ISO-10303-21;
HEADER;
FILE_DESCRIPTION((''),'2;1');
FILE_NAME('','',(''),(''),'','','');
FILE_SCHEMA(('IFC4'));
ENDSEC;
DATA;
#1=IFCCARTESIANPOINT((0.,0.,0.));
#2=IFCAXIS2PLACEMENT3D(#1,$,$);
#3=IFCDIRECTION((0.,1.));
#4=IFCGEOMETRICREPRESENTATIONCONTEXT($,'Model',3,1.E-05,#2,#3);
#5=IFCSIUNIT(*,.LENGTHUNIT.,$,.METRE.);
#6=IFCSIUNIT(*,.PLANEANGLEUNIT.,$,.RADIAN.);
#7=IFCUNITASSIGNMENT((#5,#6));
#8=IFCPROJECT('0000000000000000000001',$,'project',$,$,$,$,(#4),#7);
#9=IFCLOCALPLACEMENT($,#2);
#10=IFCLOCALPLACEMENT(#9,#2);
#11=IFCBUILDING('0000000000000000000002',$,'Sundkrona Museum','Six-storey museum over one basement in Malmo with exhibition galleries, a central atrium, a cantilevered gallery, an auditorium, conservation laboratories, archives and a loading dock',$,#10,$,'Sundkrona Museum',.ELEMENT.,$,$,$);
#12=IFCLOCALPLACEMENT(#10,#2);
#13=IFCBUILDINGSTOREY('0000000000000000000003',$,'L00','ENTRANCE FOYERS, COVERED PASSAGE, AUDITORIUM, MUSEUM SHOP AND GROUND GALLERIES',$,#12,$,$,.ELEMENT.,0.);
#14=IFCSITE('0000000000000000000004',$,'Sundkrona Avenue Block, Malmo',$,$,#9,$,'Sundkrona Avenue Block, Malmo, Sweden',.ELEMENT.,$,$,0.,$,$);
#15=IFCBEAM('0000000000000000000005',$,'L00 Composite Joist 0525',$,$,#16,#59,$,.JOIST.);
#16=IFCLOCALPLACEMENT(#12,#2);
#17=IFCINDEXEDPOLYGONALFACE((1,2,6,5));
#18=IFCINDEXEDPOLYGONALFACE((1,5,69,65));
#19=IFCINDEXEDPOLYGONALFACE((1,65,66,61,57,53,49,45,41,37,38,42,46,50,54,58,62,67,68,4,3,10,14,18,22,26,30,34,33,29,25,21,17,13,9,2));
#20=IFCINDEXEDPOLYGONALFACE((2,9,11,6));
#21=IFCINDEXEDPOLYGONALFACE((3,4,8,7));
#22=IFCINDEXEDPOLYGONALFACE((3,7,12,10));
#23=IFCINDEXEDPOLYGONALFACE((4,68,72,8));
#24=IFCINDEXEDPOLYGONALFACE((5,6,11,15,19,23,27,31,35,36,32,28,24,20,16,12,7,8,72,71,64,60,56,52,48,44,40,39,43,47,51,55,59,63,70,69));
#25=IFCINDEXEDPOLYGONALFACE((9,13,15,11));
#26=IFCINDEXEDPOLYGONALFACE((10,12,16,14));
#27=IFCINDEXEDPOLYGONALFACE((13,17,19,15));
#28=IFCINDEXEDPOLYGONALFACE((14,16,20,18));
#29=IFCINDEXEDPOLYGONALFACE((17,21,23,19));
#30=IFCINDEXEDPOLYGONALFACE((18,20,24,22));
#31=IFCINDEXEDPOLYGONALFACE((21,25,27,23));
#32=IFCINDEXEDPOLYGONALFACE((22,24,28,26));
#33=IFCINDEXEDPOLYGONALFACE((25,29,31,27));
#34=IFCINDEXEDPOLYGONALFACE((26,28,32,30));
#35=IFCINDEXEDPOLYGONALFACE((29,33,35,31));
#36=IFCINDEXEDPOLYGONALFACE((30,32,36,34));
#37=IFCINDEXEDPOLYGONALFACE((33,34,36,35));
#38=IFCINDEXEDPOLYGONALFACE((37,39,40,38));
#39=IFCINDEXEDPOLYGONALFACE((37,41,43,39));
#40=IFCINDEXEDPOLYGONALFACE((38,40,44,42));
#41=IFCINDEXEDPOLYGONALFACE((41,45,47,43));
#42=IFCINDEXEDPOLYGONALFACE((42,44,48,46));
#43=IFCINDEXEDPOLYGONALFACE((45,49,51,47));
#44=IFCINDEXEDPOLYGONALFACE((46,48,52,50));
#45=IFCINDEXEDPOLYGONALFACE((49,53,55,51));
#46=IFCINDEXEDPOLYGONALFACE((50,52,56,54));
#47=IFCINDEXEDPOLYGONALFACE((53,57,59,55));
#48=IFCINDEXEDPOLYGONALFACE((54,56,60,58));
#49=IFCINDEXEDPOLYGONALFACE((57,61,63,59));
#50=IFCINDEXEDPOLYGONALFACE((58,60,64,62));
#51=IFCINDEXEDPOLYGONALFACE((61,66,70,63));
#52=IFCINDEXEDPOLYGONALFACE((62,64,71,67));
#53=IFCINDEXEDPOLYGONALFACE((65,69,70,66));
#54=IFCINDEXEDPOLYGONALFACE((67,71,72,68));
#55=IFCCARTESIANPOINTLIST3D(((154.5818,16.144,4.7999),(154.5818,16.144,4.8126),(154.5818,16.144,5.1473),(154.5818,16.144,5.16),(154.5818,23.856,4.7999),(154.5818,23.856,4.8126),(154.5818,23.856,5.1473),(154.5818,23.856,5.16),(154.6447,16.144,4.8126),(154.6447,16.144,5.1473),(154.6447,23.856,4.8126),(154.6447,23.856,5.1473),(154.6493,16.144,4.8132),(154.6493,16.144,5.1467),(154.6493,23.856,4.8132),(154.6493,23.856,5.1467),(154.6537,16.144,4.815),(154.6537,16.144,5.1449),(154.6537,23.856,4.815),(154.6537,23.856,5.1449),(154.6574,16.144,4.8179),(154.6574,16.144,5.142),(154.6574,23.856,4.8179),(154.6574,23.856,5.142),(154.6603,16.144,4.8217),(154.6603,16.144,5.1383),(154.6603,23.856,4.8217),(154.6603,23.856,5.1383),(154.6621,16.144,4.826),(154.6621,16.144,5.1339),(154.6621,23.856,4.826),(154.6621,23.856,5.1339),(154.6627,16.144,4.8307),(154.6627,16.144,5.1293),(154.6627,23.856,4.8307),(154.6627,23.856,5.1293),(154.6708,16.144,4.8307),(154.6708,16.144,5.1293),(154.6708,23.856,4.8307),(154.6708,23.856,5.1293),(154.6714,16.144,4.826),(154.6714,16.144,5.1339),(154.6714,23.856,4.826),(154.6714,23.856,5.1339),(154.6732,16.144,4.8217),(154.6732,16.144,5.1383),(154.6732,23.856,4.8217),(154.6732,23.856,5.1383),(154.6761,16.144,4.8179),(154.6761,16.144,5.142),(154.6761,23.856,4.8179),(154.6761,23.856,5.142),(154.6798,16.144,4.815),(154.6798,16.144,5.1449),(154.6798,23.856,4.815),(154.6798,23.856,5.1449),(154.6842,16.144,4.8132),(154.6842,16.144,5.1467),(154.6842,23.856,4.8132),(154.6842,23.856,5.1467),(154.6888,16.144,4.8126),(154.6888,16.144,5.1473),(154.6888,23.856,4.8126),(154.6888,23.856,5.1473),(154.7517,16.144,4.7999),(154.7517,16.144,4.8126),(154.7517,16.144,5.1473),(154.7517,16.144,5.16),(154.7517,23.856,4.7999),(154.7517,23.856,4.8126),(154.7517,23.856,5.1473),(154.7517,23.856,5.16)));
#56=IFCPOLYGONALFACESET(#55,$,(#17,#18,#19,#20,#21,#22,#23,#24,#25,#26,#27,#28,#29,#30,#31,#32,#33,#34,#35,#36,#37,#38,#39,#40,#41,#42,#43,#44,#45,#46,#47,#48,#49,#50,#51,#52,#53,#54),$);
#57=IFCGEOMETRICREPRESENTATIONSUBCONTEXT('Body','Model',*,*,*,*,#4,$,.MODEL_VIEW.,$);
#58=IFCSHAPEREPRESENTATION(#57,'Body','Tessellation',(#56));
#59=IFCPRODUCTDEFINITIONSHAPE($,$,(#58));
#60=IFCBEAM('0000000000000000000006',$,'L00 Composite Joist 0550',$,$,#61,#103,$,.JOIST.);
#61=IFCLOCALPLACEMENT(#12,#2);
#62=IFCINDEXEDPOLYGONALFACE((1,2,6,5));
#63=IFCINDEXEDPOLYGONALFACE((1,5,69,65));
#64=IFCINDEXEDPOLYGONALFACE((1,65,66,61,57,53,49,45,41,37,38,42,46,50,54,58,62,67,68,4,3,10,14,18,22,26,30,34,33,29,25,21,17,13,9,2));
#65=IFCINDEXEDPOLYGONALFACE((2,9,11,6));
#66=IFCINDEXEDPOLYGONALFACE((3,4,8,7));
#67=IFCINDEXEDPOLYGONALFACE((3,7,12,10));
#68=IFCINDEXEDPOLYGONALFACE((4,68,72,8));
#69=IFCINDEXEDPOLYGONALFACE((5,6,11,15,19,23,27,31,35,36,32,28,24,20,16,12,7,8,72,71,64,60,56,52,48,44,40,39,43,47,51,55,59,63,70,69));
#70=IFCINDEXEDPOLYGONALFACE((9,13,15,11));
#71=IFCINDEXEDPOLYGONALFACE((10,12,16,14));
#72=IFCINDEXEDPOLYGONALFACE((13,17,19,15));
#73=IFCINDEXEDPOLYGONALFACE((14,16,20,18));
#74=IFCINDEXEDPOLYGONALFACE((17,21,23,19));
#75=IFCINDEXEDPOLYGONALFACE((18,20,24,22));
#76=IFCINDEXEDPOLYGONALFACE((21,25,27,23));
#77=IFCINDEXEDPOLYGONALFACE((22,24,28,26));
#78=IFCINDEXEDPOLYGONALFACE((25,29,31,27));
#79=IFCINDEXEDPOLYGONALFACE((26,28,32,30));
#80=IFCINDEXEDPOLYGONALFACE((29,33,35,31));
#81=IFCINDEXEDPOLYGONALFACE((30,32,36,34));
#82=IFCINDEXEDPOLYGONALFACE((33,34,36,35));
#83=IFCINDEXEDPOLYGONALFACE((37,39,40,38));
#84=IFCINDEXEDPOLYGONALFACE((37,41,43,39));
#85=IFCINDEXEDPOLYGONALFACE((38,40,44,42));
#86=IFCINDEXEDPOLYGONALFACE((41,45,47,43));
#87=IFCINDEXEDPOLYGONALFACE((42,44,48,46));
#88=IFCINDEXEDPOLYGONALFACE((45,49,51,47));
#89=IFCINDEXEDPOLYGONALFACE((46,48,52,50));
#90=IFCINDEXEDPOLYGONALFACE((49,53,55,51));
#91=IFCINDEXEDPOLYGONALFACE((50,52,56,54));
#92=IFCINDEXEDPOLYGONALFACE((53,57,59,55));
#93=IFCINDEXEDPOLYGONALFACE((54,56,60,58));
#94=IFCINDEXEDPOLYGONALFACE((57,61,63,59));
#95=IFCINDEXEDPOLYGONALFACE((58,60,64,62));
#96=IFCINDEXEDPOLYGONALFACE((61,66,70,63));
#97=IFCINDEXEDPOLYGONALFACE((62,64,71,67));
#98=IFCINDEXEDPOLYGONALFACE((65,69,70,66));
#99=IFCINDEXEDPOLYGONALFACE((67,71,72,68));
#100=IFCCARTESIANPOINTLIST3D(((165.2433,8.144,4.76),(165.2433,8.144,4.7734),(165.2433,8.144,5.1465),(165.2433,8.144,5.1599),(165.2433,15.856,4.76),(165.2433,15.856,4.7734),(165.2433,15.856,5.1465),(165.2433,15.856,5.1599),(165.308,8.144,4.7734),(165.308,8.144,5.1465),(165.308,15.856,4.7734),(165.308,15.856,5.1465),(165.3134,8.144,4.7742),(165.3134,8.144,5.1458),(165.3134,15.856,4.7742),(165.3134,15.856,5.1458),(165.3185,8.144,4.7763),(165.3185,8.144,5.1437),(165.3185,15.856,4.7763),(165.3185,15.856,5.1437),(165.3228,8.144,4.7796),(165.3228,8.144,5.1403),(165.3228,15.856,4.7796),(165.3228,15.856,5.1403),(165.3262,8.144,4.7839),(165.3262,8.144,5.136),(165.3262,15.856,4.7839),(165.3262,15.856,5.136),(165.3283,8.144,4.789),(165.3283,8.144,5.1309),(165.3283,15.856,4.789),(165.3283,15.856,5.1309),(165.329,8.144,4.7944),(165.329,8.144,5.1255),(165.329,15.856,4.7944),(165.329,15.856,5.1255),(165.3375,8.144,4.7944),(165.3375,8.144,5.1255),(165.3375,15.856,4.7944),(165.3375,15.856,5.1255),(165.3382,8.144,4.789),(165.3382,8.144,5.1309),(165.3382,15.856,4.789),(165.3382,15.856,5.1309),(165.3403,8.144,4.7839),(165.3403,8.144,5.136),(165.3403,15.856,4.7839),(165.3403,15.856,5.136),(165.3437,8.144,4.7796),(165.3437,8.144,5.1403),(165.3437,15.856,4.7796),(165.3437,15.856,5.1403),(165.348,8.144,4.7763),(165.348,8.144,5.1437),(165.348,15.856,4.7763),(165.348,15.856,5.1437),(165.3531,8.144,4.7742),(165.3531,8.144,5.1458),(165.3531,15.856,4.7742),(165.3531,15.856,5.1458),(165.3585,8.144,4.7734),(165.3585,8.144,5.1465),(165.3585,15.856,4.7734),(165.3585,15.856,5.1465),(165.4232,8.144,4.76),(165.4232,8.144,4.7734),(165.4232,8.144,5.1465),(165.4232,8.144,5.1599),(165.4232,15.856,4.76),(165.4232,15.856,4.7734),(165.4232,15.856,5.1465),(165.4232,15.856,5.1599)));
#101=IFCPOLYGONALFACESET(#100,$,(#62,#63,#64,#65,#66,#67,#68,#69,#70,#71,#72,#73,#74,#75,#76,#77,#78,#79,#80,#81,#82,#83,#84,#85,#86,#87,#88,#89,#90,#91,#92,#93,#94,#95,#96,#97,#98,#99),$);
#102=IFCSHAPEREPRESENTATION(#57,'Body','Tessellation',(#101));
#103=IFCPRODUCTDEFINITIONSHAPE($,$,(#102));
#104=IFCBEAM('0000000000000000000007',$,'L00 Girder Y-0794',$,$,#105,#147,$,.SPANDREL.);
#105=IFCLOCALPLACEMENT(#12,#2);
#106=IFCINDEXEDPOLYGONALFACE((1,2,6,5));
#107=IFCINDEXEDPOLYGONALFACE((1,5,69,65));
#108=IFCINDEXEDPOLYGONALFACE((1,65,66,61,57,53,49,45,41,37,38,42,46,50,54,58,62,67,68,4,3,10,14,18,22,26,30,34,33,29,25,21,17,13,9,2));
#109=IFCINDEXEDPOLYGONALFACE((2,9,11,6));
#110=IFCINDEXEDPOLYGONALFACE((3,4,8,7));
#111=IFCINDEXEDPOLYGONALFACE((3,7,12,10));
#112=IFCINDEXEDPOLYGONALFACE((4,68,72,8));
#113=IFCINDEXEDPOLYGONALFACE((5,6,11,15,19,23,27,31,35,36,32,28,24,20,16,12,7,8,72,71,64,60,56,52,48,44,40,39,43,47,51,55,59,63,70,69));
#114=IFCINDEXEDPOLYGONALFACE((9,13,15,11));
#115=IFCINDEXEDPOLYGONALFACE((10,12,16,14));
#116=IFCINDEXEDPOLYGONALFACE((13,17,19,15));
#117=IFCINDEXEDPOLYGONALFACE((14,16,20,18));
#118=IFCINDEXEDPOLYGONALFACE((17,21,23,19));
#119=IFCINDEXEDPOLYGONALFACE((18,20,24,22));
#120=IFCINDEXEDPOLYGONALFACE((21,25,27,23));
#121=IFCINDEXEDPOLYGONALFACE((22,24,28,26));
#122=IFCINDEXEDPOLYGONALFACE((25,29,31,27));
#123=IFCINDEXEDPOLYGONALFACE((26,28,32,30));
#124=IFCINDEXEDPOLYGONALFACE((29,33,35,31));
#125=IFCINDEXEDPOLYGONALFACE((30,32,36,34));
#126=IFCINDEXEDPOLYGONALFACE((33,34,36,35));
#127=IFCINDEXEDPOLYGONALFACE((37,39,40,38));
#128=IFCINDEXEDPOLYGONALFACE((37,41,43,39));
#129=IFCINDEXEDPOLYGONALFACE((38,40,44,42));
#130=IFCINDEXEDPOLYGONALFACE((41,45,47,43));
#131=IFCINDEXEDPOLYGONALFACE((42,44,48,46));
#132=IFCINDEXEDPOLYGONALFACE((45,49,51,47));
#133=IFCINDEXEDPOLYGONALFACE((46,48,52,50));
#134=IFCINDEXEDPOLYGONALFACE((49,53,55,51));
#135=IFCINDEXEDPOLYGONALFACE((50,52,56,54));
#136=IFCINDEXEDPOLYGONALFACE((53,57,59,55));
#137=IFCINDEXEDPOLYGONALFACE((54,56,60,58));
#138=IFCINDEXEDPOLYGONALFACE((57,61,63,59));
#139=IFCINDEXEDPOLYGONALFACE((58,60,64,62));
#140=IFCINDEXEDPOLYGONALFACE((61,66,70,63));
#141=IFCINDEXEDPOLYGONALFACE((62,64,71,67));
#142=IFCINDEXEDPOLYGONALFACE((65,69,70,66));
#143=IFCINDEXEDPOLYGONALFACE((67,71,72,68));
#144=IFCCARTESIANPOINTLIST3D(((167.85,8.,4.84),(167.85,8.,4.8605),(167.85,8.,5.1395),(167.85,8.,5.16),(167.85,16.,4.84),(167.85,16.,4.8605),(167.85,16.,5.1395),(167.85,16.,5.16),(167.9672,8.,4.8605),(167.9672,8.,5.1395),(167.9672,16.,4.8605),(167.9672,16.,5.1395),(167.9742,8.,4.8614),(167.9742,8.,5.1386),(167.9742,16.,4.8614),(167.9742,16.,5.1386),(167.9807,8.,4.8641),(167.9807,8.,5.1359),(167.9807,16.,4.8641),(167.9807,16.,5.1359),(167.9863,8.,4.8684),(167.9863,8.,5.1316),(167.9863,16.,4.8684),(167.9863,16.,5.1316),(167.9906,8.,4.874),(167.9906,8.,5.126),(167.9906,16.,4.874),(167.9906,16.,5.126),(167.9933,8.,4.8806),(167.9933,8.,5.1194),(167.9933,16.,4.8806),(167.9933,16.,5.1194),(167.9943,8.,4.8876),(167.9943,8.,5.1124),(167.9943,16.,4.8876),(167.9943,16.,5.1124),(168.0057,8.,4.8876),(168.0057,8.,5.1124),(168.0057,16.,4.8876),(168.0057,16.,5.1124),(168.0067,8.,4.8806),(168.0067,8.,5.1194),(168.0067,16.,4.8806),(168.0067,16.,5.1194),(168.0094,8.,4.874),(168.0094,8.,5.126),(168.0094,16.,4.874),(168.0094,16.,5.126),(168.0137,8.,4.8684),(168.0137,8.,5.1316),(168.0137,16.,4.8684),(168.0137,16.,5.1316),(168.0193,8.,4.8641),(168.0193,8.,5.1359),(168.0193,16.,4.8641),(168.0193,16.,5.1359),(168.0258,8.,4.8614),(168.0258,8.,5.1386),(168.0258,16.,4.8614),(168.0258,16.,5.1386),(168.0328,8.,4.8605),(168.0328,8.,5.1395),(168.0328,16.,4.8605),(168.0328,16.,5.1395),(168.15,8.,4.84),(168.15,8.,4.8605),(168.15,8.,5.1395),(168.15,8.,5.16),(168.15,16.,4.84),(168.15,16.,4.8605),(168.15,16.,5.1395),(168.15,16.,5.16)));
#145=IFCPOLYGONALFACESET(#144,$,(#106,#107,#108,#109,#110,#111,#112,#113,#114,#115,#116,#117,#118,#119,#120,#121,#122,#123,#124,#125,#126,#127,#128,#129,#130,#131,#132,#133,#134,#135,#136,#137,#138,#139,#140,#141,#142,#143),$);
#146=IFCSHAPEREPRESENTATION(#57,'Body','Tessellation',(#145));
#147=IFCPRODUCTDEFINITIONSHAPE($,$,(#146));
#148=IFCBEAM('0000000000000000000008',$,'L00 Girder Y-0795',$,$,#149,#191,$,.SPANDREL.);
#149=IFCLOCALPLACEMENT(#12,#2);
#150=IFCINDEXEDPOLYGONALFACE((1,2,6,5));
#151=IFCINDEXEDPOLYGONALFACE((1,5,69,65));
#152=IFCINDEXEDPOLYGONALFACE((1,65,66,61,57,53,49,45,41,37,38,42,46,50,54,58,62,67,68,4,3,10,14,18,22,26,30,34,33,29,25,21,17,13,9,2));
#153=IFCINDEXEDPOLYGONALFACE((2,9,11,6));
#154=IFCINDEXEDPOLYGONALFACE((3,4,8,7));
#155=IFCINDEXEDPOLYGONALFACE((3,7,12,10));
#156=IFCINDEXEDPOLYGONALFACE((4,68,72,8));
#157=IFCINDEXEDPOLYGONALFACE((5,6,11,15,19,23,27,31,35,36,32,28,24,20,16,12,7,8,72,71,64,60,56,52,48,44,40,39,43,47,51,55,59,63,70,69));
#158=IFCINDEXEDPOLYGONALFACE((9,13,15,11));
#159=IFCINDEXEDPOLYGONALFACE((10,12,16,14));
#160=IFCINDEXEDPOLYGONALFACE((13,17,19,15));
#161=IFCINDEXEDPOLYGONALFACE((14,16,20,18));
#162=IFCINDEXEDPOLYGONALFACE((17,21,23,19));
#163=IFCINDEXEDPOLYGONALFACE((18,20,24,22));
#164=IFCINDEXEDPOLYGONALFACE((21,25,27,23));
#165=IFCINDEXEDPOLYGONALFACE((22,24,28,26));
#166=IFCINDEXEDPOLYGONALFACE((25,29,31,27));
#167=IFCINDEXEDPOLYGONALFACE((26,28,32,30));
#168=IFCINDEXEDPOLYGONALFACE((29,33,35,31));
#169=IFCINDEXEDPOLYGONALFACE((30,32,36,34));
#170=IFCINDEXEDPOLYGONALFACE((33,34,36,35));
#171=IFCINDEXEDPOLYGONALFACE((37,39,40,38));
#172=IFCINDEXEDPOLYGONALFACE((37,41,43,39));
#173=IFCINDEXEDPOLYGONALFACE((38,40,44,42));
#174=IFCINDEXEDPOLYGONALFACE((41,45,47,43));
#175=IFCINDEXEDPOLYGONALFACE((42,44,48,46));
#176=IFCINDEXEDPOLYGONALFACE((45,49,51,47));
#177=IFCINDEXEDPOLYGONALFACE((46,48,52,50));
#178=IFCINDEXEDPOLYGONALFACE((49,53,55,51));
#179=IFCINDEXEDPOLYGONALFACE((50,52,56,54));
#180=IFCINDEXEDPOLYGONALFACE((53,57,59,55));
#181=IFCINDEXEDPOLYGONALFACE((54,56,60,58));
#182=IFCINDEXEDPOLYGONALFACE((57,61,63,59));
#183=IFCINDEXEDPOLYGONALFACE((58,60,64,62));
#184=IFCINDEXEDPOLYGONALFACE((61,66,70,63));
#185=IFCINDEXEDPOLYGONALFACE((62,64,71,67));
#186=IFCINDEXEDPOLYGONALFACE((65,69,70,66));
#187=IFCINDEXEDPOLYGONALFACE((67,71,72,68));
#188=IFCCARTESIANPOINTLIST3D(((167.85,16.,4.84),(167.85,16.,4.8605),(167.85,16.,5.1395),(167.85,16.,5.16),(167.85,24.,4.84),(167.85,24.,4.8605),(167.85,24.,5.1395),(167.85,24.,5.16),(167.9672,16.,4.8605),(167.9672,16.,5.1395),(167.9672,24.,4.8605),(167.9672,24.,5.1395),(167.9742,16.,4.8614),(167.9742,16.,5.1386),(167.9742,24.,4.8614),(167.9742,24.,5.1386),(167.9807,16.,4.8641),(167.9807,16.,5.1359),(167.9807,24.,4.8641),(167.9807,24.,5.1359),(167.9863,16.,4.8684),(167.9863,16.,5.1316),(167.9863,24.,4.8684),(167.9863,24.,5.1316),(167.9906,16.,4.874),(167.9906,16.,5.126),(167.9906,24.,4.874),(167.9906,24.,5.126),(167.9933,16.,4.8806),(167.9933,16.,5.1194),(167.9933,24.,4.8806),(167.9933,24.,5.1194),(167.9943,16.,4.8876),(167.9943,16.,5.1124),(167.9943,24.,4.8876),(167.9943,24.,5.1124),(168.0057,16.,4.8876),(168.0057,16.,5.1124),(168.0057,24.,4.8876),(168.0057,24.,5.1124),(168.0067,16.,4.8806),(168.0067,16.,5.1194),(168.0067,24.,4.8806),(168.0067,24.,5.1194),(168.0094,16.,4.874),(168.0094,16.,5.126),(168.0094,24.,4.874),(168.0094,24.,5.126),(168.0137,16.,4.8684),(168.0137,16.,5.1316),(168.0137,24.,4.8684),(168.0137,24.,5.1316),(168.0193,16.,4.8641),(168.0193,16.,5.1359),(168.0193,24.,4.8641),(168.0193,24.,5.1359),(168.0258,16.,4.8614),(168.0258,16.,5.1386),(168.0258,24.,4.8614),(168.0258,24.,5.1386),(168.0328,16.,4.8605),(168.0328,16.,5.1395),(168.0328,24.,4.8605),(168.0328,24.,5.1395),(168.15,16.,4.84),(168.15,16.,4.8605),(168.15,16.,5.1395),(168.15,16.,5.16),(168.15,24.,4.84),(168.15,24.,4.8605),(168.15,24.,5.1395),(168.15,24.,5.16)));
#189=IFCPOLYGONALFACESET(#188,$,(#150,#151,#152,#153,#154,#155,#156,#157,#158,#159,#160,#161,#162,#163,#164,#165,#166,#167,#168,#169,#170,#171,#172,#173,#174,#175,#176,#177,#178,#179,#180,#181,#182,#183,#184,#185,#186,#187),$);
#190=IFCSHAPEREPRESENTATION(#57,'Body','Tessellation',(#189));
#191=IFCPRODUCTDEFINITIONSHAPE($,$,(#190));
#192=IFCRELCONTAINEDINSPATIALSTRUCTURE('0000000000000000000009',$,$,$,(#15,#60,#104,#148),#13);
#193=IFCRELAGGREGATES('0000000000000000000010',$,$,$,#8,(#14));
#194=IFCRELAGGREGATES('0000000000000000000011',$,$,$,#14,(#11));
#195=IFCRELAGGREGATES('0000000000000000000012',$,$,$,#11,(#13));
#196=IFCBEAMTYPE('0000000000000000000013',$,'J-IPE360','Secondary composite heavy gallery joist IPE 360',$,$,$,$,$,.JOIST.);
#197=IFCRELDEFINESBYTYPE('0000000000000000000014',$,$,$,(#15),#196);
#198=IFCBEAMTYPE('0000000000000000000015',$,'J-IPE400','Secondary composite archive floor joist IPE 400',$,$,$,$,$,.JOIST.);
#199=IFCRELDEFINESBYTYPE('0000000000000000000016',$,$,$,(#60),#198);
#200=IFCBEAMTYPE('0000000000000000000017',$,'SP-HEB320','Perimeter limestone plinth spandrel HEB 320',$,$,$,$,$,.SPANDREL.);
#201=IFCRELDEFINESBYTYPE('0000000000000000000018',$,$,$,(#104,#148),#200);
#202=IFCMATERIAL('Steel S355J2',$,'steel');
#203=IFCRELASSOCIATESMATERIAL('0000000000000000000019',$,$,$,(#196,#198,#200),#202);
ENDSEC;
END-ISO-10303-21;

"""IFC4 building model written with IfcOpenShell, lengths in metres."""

from ifc_helpers import new_model, si_unit, direction, frame, origin, origin_2d, place, context, subcontext, project, spatial, i_section, extrude, material, material_profile, profile_set, type_object, element, save


model = new_model("IFC4")

# Units and contexts
model_context = context("Model", 3, precision=1e-05, world=origin(), true_north=direction((0.0, 1.0)))
body_context = subcontext(model_context, "Body", "Model", "MODEL_VIEW")
ifc_project = project(units=[si_unit("LENGTHUNIT", "METRE"), si_unit("PLANEANGLEUNIT", "RADIAN")], contexts=[model_context])

# Site, building, storey
site_placement = place(None, origin())
site = spatial("IfcSite", under=ifc_project, at=site_placement, Name="Sundkrona Avenue Block, Malmo", LongName="Sundkrona Avenue Block, Malmo, Sweden", CompositionType="ELEMENT", RefElevation=0.0)
building_placement = place(site_placement, origin())
building = spatial("IfcBuilding", under=site, at=building_placement, Name="Sundkrona Museum", Description="Six-storey museum over one basement in Malmo with exhibition galleries, a central atrium, a cantilevered gallery, an auditorium, conservation laboratories, archives and a loading dock", LongName="Sundkrona Museum", CompositionType="ELEMENT")
storey_placement = place(building_placement, origin())
storey = spatial("IfcBuildingStorey", under=building, at=storey_placement, Name="L00", Description="ENTRANCE FOYERS, COVERED PASSAGE, AUDITORIUM, MUSEUM SHOP AND GROUND GALLERIES", CompositionType="ELEMENT", Elevation=0.0)

# Shared definitions
ifc_material_1 = material(Name="Steel S355J2", Category="steel")

# Beams
ifc_material_profile_1 = material_profile(ifc_material_1, i_section(OverallWidth=0.1699, OverallDepth=0.3601, WebThickness=0.0081, FlangeThickness=0.0127, FilletRadius=0.0181, at=origin_2d()), Name="IPE 360")
ifc_profile_set_1 = profile_set([ifc_material_profile_1], Name="Steel S355J2")
beam_type_1 = type_object("IfcBeamType", Name="J-IPE360", Description="Secondary composite heavy gallery joist IPE 360", PredefinedType="JOIST", material=ifc_profile_set_1)
beam_1_placement = place(storey_placement, frame((154.6667, 16.144, 4.98), z_axis=(0.0, 1.0, 0.0), x_axis=(-1.0, 0.0, 0.0)))
element("IfcBeam", 1, at=beam_1_placement, inside=storey, type_object=beam_type_1, Name="L00 Composite Joist 0525", PredefinedType="JOIST", context=body_context, shape_type="SweptSolid", body=[
    extrude(i_section(OverallWidth=0.1699, OverallDepth=0.3601, WebThickness=0.0081, FlangeThickness=0.0127, FilletRadius=0.0181, at=origin_2d()), origin(), (0.0, 0.0, 1.0), 7.7119),
])
ifc_material_profile_2 = material_profile(ifc_material_1, i_section(OverallWidth=0.1799, OverallDepth=0.3999, WebThickness=0.0085, FlangeThickness=0.0134, FilletRadius=0.021, at=origin_2d()), Name="IPE 400")
ifc_profile_set_2 = profile_set([ifc_material_profile_2], Name="Steel S355J2")
beam_type_2 = type_object("IfcBeamType", Name="J-IPE400", Description="Secondary composite archive floor joist IPE 400", PredefinedType="JOIST", material=ifc_profile_set_2)
beam_2_placement = place(storey_placement, frame((165.3333, 8.144, 4.96), z_axis=(0.0, 1.0, 0.0), x_axis=(-1.0, 0.0, 0.0)))
element("IfcBeam", 2, at=beam_2_placement, inside=storey, type_object=beam_type_2, Name="L00 Composite Joist 0550", PredefinedType="JOIST", context=body_context, shape_type="SweptSolid", body=[
    extrude(i_section(OverallWidth=0.1799, OverallDepth=0.3999, WebThickness=0.0085, FlangeThickness=0.0134, FilletRadius=0.021, at=origin_2d()), origin(), (0.0, 0.0, 1.0), 7.7119),
])
ifc_material_profile_3 = material_profile(ifc_material_1, i_section(OverallWidth=0.3, OverallDepth=0.3201, WebThickness=0.0115, FlangeThickness=0.0205, FilletRadius=0.0271, at=origin_2d()), Name="HEB 320")
ifc_profile_set_3 = profile_set([ifc_material_profile_3], Name="Steel S355J2")
beam_type_3 = type_object("IfcBeamType", Name="SP-HEB320", Description="Perimeter limestone plinth spandrel HEB 320", PredefinedType="SPANDREL", material=ifc_profile_set_3)
for number, where, z_axis, x_axis, name in (
    (3, (168.0, 8.0, 5.0), (0.0, 1.0, 0.0), (-1.0, 0.0, 0.0), "L00 Girder Y-0794"),
    (4, (168.0, 16.0, 5.0), (0.0, 1.0, 0.0), (-1.0, 0.0, 0.0), "L00 Girder Y-0795"),
):
    element("IfcBeam", number, at=place(storey_placement, frame(where, z_axis=z_axis, x_axis=x_axis)), inside=storey, type_object=beam_type_3, Name=name, PredefinedType="SPANDREL", context=body_context, shape_type="SweptSolid", body=[
        extrude(i_section(OverallWidth=0.3, OverallDepth=0.3201, WebThickness=0.0115, FlangeThickness=0.0205, FilletRadius=0.0271, at=origin_2d()), origin(), (0.0, 0.0, 1.0), 8.0),
    ])

save(model, "model.ifc")
